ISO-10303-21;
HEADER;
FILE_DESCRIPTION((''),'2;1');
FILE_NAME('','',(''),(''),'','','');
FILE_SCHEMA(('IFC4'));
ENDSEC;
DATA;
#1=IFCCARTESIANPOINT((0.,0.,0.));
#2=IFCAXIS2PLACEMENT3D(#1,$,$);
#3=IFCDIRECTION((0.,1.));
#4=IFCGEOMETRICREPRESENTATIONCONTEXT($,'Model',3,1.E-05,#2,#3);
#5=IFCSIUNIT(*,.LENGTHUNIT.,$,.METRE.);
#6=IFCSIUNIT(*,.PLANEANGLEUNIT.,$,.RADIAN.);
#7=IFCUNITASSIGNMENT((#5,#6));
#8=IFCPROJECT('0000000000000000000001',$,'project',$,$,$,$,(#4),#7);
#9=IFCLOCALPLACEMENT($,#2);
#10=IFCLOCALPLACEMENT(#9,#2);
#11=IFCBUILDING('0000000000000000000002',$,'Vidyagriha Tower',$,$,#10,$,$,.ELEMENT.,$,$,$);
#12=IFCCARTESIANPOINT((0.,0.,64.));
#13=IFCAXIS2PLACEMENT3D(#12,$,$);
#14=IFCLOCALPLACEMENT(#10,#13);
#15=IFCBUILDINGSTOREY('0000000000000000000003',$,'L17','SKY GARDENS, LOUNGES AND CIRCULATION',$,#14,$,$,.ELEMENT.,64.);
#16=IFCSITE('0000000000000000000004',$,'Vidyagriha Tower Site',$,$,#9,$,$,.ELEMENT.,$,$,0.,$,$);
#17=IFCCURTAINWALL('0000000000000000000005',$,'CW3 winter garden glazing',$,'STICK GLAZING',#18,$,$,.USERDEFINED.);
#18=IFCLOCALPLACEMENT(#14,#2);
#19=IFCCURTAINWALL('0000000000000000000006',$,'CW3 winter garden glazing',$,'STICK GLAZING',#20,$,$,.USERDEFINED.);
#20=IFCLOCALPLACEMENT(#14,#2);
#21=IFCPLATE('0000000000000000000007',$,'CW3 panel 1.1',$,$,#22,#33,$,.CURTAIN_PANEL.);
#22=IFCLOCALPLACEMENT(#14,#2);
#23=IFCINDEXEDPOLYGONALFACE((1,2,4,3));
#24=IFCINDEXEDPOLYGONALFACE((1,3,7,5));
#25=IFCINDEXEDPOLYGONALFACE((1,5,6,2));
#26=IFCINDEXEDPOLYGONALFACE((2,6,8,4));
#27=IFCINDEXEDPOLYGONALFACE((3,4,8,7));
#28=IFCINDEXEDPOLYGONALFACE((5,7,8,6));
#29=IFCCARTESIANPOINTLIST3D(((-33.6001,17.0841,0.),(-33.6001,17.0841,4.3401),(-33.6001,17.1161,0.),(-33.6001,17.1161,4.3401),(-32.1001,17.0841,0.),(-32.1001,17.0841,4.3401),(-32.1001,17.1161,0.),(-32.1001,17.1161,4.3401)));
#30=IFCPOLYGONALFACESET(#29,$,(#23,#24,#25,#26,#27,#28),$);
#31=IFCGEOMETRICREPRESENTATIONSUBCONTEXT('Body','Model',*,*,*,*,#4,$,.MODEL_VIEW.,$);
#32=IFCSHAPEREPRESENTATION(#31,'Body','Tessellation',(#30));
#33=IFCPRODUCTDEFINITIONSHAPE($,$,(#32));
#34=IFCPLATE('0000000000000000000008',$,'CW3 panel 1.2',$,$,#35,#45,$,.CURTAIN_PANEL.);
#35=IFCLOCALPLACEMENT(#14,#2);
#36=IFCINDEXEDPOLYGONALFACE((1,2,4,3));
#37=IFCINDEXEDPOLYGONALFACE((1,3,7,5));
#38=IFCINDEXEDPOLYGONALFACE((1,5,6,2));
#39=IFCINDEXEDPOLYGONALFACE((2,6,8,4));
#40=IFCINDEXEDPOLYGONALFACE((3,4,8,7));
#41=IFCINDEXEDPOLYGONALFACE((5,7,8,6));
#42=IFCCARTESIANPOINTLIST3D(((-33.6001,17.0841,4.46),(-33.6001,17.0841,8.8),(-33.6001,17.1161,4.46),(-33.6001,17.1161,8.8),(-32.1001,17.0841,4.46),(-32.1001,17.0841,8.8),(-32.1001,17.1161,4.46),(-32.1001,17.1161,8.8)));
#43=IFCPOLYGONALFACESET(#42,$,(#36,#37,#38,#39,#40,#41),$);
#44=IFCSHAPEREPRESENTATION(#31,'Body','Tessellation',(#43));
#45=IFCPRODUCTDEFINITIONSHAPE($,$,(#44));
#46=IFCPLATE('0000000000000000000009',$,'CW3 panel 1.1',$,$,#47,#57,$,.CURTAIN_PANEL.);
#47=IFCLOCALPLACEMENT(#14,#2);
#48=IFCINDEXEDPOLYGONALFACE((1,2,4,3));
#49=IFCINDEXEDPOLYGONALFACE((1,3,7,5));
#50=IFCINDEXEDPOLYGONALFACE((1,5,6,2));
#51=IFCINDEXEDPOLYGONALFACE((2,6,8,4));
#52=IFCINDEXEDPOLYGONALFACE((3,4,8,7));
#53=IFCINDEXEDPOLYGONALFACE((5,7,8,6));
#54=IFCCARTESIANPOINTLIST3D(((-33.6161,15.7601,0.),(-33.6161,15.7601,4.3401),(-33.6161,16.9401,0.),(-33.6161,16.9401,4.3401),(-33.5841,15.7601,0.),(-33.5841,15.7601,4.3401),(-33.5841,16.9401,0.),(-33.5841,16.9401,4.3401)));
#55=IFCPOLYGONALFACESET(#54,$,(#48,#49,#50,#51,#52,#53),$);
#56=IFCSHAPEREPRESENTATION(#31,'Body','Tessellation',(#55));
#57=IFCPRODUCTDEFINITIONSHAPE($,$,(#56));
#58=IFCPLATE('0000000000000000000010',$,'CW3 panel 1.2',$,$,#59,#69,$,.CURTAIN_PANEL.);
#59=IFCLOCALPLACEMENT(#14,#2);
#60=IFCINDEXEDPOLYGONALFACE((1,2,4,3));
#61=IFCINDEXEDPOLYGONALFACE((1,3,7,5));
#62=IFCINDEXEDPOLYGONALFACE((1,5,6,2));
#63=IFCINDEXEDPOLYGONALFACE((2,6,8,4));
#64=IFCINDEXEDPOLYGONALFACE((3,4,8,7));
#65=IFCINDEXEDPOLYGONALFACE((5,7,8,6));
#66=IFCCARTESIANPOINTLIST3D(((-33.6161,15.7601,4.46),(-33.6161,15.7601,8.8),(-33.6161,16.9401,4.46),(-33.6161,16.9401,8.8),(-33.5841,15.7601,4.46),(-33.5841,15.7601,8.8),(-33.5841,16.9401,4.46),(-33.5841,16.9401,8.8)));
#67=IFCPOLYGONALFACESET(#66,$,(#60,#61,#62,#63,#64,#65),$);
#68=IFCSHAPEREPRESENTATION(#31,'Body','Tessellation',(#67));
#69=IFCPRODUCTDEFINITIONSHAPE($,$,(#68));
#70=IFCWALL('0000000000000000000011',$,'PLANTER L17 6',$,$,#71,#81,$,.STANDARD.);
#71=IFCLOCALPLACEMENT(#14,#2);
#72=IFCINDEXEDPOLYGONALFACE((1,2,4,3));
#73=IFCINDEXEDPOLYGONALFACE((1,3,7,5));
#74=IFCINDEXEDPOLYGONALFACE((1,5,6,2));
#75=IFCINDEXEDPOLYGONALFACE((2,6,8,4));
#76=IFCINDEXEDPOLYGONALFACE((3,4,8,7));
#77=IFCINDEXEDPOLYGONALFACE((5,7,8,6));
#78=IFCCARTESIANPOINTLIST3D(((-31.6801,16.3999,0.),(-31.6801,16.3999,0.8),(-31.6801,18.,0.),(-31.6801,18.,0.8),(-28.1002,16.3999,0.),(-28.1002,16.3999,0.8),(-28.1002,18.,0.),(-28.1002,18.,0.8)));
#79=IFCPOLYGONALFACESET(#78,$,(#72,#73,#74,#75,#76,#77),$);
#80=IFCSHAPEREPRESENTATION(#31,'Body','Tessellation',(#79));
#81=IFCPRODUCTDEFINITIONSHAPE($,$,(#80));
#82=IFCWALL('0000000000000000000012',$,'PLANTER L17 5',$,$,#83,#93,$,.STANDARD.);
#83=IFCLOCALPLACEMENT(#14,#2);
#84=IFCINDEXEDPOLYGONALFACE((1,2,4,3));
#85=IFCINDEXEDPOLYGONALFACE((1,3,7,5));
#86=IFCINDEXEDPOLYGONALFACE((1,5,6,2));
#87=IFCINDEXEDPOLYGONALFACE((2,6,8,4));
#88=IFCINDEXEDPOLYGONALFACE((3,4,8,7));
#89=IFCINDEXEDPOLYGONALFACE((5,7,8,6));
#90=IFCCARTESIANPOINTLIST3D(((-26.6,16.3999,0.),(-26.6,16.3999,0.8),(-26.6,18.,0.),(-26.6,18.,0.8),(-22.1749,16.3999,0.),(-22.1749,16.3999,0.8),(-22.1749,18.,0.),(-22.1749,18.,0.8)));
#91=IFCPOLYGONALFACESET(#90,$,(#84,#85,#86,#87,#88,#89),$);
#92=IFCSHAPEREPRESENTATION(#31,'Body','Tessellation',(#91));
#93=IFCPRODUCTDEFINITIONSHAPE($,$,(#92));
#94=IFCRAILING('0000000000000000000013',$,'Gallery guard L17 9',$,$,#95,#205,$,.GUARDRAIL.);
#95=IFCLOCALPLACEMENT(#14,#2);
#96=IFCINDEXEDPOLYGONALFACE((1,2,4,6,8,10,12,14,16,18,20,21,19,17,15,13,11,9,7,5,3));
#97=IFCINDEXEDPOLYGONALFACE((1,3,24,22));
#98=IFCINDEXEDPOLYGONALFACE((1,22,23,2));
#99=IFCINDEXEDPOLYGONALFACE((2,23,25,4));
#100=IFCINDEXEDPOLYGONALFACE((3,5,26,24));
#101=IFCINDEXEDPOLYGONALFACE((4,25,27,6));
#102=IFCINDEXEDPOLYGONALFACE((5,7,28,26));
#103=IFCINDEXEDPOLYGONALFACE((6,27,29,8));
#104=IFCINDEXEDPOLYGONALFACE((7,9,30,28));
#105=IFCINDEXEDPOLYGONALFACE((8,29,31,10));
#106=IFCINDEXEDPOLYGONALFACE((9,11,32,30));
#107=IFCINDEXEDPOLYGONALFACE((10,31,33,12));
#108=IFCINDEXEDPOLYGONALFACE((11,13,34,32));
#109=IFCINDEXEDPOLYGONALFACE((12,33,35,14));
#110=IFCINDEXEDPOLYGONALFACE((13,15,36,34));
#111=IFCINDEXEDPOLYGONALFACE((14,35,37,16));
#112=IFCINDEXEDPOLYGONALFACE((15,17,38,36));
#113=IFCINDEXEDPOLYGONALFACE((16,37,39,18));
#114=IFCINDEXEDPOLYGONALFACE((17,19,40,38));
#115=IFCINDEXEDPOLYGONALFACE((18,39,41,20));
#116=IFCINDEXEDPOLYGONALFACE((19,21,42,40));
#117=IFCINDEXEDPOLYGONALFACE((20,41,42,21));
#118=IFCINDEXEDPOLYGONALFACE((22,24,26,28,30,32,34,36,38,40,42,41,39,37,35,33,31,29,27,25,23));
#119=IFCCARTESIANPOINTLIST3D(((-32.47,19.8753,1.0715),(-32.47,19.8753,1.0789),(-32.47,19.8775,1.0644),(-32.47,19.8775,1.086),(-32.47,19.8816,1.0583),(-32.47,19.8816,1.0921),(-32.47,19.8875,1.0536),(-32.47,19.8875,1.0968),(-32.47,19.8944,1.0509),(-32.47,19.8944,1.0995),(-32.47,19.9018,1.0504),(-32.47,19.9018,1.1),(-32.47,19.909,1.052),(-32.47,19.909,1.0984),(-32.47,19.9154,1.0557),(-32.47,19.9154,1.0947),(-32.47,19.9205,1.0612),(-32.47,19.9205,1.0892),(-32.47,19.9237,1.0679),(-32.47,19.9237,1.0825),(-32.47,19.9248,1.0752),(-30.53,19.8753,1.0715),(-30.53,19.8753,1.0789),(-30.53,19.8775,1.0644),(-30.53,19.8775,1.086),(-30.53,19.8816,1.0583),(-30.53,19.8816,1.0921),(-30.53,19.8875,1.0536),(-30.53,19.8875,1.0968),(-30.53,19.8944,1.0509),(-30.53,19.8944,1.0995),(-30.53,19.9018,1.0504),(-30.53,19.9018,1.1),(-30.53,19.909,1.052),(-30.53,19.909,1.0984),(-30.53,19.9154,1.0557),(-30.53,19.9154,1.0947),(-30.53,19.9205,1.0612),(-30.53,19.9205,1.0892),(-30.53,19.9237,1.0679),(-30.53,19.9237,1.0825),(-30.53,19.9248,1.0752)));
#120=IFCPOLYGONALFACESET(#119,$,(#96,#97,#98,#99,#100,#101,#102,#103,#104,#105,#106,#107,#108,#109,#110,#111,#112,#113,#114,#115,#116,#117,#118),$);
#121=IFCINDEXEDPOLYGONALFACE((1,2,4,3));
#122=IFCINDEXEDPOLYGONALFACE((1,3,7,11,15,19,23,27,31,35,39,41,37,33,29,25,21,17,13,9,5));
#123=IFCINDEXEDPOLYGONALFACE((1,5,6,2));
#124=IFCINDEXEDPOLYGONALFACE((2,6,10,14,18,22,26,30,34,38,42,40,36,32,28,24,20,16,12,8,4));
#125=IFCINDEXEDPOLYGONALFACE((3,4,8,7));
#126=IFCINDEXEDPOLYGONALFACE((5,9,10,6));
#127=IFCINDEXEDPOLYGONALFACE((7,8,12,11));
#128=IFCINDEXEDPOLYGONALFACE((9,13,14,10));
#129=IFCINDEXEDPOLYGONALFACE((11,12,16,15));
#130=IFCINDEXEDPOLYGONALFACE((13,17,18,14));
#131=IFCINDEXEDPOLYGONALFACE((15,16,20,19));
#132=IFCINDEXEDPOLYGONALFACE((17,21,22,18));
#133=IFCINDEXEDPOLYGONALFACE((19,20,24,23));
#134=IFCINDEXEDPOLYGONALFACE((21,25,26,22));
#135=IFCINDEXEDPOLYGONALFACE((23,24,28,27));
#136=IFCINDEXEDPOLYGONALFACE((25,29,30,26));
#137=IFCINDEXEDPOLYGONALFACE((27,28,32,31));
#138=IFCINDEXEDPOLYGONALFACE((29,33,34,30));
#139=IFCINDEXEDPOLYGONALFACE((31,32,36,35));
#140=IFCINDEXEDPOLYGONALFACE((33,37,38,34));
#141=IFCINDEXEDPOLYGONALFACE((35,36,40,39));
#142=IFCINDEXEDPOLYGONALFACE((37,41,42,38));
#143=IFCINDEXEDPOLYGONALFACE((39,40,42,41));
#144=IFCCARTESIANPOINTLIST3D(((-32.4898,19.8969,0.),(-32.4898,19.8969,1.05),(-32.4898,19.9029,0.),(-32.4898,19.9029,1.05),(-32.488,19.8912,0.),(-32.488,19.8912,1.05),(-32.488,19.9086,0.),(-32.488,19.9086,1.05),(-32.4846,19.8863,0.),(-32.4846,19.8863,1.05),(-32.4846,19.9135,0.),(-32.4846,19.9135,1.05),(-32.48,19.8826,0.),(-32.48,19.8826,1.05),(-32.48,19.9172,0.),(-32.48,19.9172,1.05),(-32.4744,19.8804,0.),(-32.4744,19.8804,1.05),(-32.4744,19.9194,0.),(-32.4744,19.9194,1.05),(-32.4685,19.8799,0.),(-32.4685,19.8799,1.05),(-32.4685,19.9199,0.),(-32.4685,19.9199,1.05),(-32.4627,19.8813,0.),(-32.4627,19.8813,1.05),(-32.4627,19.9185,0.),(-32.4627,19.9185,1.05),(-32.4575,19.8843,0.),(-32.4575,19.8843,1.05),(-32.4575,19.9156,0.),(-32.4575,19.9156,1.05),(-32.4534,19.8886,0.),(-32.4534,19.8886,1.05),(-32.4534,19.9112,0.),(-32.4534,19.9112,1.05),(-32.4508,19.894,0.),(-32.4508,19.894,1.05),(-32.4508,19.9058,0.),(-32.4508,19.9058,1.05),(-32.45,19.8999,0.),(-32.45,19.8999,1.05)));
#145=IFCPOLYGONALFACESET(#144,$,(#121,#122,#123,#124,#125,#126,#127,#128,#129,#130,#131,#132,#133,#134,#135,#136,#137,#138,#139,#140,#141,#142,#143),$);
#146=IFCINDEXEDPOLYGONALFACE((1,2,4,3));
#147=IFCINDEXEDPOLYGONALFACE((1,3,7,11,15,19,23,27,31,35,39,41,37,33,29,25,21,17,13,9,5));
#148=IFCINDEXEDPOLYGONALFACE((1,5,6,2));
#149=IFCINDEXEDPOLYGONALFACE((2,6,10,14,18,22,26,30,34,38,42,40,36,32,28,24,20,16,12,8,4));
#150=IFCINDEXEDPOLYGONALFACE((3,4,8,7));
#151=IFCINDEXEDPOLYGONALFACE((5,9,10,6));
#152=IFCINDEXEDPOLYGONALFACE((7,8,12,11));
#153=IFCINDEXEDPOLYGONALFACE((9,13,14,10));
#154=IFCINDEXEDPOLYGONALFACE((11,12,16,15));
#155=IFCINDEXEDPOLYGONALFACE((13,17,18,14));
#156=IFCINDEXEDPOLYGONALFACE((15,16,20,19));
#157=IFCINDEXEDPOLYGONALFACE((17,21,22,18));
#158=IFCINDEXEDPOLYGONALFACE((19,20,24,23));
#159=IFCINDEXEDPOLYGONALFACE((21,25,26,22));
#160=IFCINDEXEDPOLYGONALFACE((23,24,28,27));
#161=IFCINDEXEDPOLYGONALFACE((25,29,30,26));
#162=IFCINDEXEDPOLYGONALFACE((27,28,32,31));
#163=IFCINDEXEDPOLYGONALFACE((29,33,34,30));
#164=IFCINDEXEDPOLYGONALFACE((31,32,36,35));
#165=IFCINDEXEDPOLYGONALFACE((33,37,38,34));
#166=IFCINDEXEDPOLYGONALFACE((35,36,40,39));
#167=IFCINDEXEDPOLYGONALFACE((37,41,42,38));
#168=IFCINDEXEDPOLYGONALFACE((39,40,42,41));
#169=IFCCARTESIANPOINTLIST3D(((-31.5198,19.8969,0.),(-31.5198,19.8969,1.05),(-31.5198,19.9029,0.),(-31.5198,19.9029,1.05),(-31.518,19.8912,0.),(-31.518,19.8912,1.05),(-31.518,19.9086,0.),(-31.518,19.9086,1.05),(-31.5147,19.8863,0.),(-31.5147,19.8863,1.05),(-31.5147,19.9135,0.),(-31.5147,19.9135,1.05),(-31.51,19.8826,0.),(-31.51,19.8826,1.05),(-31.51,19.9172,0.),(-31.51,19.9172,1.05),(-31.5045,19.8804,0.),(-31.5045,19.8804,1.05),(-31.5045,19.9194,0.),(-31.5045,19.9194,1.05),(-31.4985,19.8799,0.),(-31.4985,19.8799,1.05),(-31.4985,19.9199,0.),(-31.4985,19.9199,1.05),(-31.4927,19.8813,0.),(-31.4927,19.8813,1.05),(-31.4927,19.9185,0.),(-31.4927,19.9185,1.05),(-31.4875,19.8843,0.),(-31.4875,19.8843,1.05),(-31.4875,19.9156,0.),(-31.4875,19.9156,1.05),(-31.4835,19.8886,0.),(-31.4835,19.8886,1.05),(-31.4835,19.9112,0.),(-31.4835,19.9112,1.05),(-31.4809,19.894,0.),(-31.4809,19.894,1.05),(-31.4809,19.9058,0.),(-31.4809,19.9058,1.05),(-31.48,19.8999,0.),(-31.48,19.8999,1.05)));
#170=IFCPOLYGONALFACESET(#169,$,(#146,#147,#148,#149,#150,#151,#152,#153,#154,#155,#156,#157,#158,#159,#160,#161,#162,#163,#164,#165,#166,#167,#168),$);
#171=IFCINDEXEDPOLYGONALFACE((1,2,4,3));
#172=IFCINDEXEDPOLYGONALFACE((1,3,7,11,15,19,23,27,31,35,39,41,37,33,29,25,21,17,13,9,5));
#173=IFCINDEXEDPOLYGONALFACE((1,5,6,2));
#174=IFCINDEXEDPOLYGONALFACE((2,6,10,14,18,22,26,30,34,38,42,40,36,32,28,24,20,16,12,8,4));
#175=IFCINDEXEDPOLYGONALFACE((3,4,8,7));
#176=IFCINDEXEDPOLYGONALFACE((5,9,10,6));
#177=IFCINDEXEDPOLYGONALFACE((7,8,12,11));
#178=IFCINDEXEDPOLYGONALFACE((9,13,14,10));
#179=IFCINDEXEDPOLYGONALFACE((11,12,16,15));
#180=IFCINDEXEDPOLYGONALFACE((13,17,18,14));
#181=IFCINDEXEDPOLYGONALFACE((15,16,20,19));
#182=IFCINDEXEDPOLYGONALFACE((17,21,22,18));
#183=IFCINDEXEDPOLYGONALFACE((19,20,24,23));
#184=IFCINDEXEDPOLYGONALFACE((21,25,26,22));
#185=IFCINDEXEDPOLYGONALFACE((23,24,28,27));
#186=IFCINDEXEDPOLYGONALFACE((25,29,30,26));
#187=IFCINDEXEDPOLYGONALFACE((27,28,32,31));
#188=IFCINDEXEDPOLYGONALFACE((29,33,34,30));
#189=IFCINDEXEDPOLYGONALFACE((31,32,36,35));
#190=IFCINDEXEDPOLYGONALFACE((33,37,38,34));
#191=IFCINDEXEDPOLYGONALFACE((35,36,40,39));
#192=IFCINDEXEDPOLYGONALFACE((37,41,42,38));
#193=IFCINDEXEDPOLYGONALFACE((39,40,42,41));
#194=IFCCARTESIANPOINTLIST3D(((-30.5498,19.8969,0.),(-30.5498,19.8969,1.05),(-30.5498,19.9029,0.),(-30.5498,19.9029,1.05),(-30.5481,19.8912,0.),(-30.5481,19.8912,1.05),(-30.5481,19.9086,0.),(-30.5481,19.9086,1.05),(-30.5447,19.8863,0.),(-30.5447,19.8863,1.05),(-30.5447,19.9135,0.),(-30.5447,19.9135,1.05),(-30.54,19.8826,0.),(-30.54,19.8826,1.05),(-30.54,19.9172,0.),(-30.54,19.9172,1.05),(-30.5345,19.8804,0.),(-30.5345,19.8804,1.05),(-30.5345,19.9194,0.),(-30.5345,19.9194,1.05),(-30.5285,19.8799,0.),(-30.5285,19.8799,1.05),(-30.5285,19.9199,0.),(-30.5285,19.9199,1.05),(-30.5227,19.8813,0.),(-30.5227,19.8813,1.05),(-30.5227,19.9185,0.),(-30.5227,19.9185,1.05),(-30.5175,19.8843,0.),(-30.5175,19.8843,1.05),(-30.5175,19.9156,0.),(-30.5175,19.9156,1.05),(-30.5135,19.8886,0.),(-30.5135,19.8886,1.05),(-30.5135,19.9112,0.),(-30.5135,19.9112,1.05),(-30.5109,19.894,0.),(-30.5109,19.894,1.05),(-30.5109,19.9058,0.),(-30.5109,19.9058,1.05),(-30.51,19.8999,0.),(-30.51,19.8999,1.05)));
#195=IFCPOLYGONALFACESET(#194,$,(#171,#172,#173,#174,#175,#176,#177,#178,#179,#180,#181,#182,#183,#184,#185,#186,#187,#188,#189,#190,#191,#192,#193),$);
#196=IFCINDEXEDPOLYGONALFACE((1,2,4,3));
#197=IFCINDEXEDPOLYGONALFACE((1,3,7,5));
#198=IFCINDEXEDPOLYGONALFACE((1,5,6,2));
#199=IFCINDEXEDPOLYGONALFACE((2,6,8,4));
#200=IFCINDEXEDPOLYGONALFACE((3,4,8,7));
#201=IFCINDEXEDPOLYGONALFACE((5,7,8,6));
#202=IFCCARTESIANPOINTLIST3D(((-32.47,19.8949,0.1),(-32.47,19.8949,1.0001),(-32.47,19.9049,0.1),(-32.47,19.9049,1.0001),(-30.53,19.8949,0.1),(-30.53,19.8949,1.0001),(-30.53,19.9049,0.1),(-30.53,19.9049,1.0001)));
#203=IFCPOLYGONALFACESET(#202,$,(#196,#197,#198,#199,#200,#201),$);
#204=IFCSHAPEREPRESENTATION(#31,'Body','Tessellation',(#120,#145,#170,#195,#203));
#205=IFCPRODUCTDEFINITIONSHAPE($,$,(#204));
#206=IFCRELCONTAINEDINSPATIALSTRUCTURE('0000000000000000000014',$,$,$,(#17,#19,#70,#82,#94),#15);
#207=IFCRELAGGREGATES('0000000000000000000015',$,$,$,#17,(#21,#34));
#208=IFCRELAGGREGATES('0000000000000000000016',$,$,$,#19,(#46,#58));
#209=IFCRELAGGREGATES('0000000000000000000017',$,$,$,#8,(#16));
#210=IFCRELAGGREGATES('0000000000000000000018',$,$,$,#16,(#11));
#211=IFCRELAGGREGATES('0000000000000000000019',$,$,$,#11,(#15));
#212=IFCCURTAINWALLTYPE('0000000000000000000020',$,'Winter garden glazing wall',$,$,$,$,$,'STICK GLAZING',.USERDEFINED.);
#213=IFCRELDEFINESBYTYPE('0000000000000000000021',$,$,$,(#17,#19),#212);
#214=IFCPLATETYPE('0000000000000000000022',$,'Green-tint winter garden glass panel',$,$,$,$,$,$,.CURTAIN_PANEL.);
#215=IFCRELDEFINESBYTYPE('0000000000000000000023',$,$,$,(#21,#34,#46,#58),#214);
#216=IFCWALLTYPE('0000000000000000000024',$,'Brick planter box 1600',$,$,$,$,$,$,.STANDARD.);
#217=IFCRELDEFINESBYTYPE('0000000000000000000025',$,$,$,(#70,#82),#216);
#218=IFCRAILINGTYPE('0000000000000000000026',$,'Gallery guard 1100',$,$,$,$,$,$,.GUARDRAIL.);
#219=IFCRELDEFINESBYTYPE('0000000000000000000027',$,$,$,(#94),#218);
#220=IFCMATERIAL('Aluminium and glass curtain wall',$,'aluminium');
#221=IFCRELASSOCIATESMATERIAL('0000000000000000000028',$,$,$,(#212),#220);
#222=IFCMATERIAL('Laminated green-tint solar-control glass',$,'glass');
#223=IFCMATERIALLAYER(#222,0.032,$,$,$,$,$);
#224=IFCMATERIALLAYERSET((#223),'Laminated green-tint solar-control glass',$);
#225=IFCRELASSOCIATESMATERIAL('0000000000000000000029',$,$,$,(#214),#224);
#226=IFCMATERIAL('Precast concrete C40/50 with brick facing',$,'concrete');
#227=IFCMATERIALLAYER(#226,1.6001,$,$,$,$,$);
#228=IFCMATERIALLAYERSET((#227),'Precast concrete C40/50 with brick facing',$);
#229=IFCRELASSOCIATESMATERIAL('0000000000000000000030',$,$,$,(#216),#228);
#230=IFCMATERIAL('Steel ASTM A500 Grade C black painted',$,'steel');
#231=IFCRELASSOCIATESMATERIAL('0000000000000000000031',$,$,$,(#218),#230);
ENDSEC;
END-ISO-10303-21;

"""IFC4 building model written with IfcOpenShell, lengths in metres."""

from ifc_helpers import new_model, si_unit, direction, frame, frame_2d, origin, origin_2d, place, context, subcontext, project, spatial, rectangle, circle, extrude, material, layer, layer_set, type_object, element, aggregate, save


model = new_model("IFC4")

# Units and contexts
model_context = context("Model", 3, precision=1e-05, world=origin(), true_north=direction((0.0, 1.0)))
body_context = subcontext(model_context, "Body", "Model", "MODEL_VIEW")
ifc_project = project(units=[si_unit("LENGTHUNIT", "METRE"), si_unit("PLANEANGLEUNIT", "RADIAN")], contexts=[model_context])

# Site, building, storey
site_placement = place(None, origin())
site = spatial("IfcSite", under=ifc_project, at=site_placement, Name="Vidyagriha Tower Site", CompositionType="ELEMENT", RefElevation=0.0)
building_placement = place(site_placement, origin())
building = spatial("IfcBuilding", under=site, at=building_placement, Name="Vidyagriha Tower", CompositionType="ELEMENT")
storey_placement = place(building_placement, frame((0.0, 0.0, 64.0)))
storey = spatial("IfcBuildingStorey", under=building, at=storey_placement, Name="L17", Description="SKY GARDENS, LOUNGES AND CIRCULATION", CompositionType="ELEMENT", Elevation=64.0)

# Shared definitions
ifc_material_1 = material(Name="Aluminium and glass curtain wall", Category="aluminium")
curtain_wall_type = type_object("IfcCurtainWallType", Name="Winter garden glazing wall", ElementType="STICK GLAZING", PredefinedType="USERDEFINED", material=ifc_material_1)

# Curtain wall
curtain_wall_1_placement = place(storey_placement, origin())
curtain_wall_1 = element("IfcCurtainWall", 1, at=curtain_wall_1_placement, inside=storey, type_object=curtain_wall_type, Name="CW3 winter garden glazing", ObjectType="STICK GLAZING", PredefinedType="USERDEFINED")

# Curtain wall
curtain_wall_2_placement = place(storey_placement, origin())
curtain_wall_2 = element("IfcCurtainWall", 2, at=curtain_wall_2_placement, inside=storey, type_object=curtain_wall_type, Name="CW3 winter garden glazing", ObjectType="STICK GLAZING", PredefinedType="USERDEFINED")

# Plates
ifc_material_2 = material(Name="Laminated green-tint solar-control glass", Category="glass")
ifc_layer_1 = layer(ifc_material_2, 0.032)
ifc_layer_set_1 = layer_set([ifc_layer_1], Name="Laminated green-tint solar-control glass")
plate_type = type_object("IfcPlateType", Name="Green-tint winter garden glass panel", PredefinedType="CURTAIN_PANEL", material=ifc_layer_set_1)
plate_1_placement = place(storey_placement, frame((-32.8501, 17.1001, 0.0), z_axis=(0.0, 0.0, 1.0), x_axis=(-1.0, 0.0, 0.0)))
plate_1 = element("IfcPlate", 3, at=plate_1_placement, type_object=plate_type, Name="CW3 panel 1.1", PredefinedType="CURTAIN_PANEL", context=body_context, shape_type="SweptSolid", body=[
    extrude(rectangle(XDim=1.5, YDim=0.032, at=origin_2d()), origin(), (0.0, 0.0, 1.0), 4.3401),
])
plate_2_placement = place(storey_placement, frame((-32.8501, 17.1001, 4.46), z_axis=(0.0, 0.0, 1.0), x_axis=(-1.0, 0.0, 0.0)))
plate_2 = element("IfcPlate", 4, at=plate_2_placement, type_object=plate_type, Name="CW3 panel 1.2", PredefinedType="CURTAIN_PANEL", context=body_context, shape_type="SweptSolid", body=[
    extrude(rectangle(XDim=1.5, YDim=0.032, at=origin_2d()), origin(), (0.0, 0.0, 1.0), 4.3401),
])
aggregate(curtain_wall_1, [plate_1, plate_2])
plate_3_placement = place(storey_placement, frame((-33.6001, 16.3501, 0.0), z_axis=(0.0, 0.0, 1.0), x_axis=(0.0, -1.0, 0.0)))
plate_3 = element("IfcPlate", 5, at=plate_3_placement, type_object=plate_type, Name="CW3 panel 1.1", PredefinedType="CURTAIN_PANEL", context=body_context, shape_type="SweptSolid", body=[
    extrude(rectangle(XDim=1.1799, YDim=0.032, at=origin_2d()), origin(), (0.0, 0.0, 1.0), 4.3401),
])
plate_4_placement = place(storey_placement, frame((-33.6001, 16.3501, 4.46), z_axis=(0.0, 0.0, 1.0), x_axis=(0.0, -1.0, 0.0)))
plate_4 = element("IfcPlate", 6, at=plate_4_placement, type_object=plate_type, Name="CW3 panel 1.2", PredefinedType="CURTAIN_PANEL", context=body_context, shape_type="SweptSolid", body=[
    extrude(rectangle(XDim=1.1799, YDim=0.032, at=origin_2d()), origin(), (0.0, 0.0, 1.0), 4.3401),
])
aggregate(curtain_wall_2, [plate_3, plate_4])

# Walls
ifc_material_3 = material(Name="Precast concrete C40/50 with brick facing", Category="concrete")
ifc_layer_2 = layer(ifc_material_3, 1.6001)
ifc_layer_set_2 = layer_set([ifc_layer_2], Name="Precast concrete C40/50 with brick facing")
wall_type = type_object("IfcWallType", Name="Brick planter box 1600", PredefinedType="STANDARD", material=ifc_layer_set_2)
wall_1_placement = place(storey_placement, frame((-28.1001, 17.2, 0.0), z_axis=(0.0, 0.0, 1.0), x_axis=(-1.0, 0.0, 0.0)))
element("IfcWall", 7, at=wall_1_placement, inside=storey, type_object=wall_type, Name="PLANTER L17 6", PredefinedType="STANDARD", context=body_context, shape_type="SweptSolid", body=[
    extrude(rectangle(XDim=3.5798, YDim=1.6001, at=frame_2d((1.79, 0.0))), origin(), (0.0, 0.0, 1.0), 0.8),
])
wall_2_placement = place(storey_placement, frame((-22.175, 17.2, 0.0), z_axis=(0.0, 0.0, 1.0), x_axis=(-1.0, 0.0, 0.0)))
element("IfcWall", 8, at=wall_2_placement, inside=storey, type_object=wall_type, Name="PLANTER L17 5", PredefinedType="STANDARD", context=body_context, shape_type="SweptSolid", body=[
    extrude(rectangle(XDim=4.425, YDim=1.6001, at=frame_2d((2.2124, 0.0))), origin(), (0.0, 0.0, 1.0), 0.8),
])

# Railing
ifc_material_4 = material(Name="Steel ASTM A500 Grade C black painted", Category="steel")
railing_type = type_object("IfcRailingType", Name="Gallery guard 1100", PredefinedType="GUARDRAIL", material=ifc_material_4)
railing_1_placement = place(storey_placement, frame((-32.47, 19.8999, 0.0)))
element("IfcRailing", 9, at=railing_1_placement, inside=storey, type_object=railing_type, Name="Gallery guard L17 9", PredefinedType="GUARDRAIL", context=body_context, shape_type="SweptSolid", body=[
    extrude(circle(Radius=0.0249, at=origin_2d()), frame((0.0, 0.0, 1.0752), z_axis=(1.0, 0.0, 0.0), x_axis=(0.0, 1.0, 0.0)), (0.0, 0.0, 1.0), 1.9399),
    extrude(circle(Radius=0.02, at=origin_2d()), origin(), (0.0, 0.0, 1.0), 1.05),
    extrude(circle(Radius=0.02, at=origin_2d()), frame((0.97, 0.0, 0.0)), (0.0, 0.0, 1.0), 1.05),
    extrude(circle(Radius=0.02, at=origin_2d()), frame((1.9399, 0.0, 0.0)), (0.0, 0.0, 1.0), 1.05),
    extrude(rectangle(XDim=0.01, YDim=0.9001, at=origin_2d()), frame((0.0, 0.0, 0.55), z_axis=(1.0, 0.0, 0.0), x_axis=(0.0, 1.0, 0.0)), (0.0, 0.0, 1.0), 1.9399),
])

save(model, "model.ifc")
